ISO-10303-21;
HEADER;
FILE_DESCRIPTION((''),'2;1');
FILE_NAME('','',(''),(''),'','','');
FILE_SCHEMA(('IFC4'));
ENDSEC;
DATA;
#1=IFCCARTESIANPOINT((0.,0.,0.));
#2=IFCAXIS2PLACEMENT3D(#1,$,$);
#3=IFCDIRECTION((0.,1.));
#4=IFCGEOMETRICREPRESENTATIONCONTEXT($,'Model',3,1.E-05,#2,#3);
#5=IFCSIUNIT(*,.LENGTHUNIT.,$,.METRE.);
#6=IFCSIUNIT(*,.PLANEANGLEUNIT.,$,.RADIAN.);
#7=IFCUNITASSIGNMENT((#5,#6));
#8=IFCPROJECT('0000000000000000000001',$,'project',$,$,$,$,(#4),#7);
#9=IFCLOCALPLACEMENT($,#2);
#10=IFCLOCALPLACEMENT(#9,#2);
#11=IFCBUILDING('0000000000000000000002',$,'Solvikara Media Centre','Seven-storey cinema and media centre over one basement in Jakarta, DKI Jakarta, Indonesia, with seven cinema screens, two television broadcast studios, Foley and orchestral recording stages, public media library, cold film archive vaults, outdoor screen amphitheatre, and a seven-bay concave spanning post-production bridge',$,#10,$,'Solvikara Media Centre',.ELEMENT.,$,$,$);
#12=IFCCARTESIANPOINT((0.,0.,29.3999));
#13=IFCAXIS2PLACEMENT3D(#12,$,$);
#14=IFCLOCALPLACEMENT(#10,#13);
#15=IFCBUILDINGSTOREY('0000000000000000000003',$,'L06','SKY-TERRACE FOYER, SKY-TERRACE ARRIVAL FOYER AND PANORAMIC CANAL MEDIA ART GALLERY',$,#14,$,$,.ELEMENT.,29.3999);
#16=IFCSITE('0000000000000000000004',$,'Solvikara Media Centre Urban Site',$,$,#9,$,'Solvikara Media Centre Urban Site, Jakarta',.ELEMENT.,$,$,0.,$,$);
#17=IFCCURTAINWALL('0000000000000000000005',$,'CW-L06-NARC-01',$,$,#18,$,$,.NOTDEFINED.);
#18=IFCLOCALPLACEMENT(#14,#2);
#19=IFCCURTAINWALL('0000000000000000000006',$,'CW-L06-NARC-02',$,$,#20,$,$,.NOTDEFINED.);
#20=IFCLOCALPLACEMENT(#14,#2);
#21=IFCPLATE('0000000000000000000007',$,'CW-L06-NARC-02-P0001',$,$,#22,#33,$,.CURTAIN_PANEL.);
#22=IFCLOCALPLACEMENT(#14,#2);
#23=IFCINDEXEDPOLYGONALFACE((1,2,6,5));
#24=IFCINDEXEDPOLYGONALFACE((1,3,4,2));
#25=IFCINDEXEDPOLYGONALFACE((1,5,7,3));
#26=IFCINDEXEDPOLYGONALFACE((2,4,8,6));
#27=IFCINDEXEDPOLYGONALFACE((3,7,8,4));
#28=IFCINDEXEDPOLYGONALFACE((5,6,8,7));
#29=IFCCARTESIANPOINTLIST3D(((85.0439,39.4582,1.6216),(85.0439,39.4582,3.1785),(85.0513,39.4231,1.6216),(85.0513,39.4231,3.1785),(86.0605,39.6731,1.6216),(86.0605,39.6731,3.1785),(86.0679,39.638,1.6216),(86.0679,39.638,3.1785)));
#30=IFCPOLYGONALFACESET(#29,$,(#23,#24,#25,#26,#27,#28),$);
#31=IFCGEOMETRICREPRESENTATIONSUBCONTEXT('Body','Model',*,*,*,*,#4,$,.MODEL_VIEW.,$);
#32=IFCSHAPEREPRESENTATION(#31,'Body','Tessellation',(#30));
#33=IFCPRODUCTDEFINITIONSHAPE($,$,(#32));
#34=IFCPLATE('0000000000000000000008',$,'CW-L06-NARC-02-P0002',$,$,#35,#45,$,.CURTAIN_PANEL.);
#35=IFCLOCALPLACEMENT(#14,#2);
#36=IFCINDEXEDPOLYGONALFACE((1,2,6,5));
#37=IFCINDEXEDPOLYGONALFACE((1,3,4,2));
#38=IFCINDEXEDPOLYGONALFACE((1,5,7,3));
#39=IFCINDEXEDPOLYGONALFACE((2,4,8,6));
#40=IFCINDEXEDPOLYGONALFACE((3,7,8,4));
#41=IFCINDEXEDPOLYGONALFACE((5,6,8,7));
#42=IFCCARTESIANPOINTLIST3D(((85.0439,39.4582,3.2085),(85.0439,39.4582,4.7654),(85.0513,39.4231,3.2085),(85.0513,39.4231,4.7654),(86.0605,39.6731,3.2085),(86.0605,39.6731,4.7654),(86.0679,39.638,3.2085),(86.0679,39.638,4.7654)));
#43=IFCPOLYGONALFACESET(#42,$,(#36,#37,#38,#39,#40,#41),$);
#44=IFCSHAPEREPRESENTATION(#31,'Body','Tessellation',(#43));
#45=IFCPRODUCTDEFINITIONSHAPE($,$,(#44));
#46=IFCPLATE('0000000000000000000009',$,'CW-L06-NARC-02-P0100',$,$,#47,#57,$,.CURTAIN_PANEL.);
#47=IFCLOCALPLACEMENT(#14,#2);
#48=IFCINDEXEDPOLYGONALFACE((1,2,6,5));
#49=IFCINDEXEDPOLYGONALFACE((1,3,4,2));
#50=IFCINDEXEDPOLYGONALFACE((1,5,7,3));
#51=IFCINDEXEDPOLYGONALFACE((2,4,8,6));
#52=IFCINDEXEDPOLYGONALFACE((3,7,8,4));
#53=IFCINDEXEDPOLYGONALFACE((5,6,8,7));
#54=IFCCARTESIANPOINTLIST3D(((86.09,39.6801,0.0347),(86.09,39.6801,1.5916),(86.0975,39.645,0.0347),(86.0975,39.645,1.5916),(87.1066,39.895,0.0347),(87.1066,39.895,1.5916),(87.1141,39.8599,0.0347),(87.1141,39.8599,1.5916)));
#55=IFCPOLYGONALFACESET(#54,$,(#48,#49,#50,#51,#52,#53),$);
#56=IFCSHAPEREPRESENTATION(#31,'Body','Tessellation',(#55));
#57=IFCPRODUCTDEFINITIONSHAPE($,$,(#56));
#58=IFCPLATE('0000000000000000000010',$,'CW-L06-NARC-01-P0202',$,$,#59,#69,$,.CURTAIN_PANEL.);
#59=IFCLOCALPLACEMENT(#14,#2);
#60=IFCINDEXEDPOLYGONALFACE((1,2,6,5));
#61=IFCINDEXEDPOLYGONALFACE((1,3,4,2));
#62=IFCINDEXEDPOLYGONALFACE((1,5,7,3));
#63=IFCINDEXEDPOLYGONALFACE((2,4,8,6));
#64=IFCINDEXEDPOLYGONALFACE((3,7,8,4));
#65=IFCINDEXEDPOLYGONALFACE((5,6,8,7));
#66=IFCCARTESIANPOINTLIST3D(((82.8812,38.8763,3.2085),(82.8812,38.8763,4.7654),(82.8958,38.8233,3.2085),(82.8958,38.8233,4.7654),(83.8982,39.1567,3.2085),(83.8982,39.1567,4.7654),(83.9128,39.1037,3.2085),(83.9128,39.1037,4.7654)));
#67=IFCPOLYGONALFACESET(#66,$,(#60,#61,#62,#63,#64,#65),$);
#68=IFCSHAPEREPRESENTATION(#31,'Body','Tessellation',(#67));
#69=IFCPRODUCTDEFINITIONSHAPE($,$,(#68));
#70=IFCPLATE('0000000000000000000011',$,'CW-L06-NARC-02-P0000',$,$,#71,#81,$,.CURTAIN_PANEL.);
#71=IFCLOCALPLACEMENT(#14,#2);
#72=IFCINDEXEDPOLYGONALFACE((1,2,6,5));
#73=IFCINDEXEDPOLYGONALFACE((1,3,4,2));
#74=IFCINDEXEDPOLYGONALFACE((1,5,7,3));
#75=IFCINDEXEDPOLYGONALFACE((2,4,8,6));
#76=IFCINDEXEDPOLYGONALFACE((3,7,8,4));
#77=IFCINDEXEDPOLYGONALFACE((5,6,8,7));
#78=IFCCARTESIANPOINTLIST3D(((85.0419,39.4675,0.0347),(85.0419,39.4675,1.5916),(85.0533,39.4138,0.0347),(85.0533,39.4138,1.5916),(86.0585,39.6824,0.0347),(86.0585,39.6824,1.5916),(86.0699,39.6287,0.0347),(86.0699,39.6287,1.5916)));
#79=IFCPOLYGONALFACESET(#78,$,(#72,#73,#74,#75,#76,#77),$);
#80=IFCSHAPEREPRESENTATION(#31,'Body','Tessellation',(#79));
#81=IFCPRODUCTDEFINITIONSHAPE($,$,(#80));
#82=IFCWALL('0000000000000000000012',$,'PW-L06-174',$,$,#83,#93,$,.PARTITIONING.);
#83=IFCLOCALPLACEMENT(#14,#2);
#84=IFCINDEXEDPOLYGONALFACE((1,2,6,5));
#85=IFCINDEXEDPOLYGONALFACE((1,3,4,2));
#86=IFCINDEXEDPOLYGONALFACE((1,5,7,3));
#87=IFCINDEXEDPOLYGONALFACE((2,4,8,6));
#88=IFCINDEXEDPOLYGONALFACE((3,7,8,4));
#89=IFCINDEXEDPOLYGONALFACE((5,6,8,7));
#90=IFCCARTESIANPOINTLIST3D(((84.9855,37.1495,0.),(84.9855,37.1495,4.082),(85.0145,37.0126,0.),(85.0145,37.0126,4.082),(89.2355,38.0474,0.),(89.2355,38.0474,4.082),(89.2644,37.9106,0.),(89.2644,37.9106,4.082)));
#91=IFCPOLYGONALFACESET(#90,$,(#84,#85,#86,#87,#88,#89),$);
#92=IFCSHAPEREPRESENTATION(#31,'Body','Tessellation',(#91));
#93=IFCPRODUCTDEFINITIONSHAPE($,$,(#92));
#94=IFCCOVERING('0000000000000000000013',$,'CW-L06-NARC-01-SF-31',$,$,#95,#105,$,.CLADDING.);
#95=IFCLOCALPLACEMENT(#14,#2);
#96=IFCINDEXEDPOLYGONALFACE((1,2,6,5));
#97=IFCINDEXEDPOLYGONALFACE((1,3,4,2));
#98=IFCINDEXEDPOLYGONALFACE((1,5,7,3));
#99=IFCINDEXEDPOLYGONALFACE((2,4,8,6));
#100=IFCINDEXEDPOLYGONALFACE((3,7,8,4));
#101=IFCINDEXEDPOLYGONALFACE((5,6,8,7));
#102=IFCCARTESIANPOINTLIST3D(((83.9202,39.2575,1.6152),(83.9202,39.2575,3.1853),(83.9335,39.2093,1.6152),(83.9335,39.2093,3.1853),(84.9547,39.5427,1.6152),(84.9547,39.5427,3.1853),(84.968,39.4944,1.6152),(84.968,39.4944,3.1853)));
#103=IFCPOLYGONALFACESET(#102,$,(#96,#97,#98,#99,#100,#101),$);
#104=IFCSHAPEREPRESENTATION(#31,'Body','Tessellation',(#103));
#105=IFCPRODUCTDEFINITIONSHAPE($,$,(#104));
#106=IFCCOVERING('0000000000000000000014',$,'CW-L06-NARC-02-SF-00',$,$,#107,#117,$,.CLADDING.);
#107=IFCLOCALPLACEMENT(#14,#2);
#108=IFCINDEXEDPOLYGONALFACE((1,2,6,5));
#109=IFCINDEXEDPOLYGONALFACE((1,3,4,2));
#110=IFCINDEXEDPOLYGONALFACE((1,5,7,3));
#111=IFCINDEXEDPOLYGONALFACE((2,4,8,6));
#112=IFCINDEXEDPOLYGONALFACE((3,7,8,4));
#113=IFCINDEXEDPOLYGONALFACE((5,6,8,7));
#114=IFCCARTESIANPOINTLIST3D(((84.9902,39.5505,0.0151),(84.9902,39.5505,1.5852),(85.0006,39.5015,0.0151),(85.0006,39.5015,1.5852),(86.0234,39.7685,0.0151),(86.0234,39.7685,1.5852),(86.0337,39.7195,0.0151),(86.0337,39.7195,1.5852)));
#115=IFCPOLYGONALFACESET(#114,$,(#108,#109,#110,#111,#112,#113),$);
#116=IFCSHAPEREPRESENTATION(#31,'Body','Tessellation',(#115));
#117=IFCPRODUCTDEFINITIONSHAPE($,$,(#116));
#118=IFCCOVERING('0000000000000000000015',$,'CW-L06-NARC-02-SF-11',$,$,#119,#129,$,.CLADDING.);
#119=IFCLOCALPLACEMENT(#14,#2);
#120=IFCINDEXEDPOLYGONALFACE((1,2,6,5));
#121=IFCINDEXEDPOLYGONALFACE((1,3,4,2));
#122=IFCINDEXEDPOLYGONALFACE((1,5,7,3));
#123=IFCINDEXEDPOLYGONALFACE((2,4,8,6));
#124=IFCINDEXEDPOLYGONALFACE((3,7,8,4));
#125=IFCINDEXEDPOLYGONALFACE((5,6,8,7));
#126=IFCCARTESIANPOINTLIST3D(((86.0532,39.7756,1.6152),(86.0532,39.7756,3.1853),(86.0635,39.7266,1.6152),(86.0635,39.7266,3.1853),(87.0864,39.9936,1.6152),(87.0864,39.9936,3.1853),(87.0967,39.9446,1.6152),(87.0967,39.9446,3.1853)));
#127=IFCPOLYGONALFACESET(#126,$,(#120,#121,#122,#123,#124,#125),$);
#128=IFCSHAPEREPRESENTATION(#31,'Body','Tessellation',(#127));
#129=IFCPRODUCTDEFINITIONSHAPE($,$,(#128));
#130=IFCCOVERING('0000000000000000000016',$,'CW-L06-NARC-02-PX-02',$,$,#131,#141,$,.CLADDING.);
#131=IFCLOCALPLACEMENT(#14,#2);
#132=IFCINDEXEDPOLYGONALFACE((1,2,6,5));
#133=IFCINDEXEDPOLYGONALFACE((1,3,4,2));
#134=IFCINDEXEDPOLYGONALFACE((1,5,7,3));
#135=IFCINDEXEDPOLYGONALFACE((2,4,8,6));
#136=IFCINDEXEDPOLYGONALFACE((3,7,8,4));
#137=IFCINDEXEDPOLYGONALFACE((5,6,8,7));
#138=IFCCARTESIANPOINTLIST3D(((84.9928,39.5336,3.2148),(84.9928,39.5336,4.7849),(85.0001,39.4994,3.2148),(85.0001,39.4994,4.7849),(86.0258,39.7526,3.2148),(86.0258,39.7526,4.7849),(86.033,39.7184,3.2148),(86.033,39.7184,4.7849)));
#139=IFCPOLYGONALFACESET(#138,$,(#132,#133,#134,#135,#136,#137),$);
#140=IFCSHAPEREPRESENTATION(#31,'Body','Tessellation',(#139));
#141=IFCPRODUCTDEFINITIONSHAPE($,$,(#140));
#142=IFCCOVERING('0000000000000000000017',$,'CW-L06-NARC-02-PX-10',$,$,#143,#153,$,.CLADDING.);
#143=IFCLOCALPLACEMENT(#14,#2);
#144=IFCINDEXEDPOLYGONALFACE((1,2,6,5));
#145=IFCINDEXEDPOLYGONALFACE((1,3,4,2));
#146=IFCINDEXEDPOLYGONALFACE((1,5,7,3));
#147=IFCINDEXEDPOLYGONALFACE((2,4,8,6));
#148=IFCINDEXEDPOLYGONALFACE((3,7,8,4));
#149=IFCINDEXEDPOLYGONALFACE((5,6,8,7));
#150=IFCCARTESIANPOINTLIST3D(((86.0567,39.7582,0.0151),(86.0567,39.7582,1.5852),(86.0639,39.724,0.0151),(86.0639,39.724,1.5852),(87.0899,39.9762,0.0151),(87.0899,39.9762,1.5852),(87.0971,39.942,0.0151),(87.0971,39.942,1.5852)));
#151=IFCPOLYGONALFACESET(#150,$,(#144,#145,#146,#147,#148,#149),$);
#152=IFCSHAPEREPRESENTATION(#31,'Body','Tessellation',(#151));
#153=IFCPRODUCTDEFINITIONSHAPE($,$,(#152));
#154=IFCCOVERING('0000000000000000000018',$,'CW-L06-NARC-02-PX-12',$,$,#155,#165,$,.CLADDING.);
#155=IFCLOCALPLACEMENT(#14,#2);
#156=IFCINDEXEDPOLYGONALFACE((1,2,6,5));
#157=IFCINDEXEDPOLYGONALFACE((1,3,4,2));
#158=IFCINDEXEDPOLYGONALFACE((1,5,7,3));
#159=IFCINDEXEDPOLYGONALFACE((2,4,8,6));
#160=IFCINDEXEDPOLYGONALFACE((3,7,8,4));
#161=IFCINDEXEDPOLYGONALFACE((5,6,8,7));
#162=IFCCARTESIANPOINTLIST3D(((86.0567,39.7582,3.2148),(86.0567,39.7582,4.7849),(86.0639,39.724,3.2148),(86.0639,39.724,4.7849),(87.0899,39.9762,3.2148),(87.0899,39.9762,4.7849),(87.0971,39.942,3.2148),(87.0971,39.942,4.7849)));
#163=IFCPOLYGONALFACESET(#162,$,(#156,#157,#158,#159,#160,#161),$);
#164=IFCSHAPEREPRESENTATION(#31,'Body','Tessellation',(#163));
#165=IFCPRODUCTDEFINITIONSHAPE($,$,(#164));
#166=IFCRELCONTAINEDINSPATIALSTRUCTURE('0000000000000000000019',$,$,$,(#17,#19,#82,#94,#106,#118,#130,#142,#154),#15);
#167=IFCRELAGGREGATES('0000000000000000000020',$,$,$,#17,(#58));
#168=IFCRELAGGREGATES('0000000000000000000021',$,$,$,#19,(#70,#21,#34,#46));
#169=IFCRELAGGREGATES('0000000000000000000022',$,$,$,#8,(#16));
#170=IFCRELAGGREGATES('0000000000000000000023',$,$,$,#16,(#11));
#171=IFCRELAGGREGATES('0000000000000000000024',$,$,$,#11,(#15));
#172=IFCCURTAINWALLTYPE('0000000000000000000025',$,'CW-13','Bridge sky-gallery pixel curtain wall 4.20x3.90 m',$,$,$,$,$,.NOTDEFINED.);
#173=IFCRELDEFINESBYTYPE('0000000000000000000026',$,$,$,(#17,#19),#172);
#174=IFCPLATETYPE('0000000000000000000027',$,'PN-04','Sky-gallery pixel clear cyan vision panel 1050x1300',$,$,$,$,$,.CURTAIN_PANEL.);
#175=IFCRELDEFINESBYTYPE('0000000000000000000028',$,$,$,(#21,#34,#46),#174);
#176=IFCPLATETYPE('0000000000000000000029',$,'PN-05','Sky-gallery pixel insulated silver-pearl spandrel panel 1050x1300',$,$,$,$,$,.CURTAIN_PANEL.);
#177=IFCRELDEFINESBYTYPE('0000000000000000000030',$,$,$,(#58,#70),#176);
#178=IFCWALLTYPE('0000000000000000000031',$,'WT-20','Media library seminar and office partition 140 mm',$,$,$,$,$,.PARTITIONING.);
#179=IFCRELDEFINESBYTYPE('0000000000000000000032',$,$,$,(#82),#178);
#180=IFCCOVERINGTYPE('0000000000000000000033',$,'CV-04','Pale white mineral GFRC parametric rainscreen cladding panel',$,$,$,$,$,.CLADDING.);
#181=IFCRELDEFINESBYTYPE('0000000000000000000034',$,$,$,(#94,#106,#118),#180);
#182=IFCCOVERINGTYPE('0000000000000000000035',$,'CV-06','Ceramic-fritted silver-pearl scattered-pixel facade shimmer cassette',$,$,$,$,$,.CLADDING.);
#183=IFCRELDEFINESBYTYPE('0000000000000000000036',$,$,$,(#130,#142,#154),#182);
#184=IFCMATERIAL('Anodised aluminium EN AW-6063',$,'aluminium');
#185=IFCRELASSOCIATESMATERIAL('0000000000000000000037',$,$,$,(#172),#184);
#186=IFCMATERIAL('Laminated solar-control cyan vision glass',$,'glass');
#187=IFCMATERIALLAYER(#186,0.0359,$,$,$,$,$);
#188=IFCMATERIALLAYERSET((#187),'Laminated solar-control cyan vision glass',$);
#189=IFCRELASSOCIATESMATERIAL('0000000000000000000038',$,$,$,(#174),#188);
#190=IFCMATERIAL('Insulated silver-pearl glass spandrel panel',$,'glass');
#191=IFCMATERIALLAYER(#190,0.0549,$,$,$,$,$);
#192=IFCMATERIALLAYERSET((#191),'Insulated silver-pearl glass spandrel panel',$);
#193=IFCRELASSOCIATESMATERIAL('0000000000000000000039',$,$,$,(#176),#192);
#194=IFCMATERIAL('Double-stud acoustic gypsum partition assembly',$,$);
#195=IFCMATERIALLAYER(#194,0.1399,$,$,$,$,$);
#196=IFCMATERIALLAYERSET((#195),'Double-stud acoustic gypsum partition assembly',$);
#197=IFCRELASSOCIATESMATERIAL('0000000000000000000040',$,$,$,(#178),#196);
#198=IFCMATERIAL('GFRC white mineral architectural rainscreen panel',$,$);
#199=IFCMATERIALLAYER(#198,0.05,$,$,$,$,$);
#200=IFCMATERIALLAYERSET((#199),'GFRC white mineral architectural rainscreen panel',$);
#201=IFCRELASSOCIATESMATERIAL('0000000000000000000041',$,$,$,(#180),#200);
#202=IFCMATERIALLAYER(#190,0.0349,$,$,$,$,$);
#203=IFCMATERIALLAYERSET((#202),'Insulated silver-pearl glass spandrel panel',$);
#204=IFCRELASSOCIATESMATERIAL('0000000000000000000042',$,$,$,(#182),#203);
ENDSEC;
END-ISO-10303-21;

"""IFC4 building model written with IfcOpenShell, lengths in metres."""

from ifc_helpers import new_model, si_unit, direction, frame, frame_2d, origin, origin_2d, place, context, subcontext, project, spatial, rectangle, extrude, material, layer, layer_set, type_object, element, aggregate, save


model = new_model("IFC4")

# Units and contexts
model_context = context("Model", 3, precision=1e-05, world=origin(), true_north=direction((0.0, 1.0)))
body_context = subcontext(model_context, "Body", "Model", "MODEL_VIEW")
ifc_project = project(units=[si_unit("LENGTHUNIT", "METRE"), si_unit("PLANEANGLEUNIT", "RADIAN")], contexts=[model_context])

# Site, building, storey
site_placement = place(None, origin())
site = spatial("IfcSite", under=ifc_project, at=site_placement, Name="Solvikara Media Centre Urban Site", LongName="Solvikara Media Centre Urban Site, Jakarta", CompositionType="ELEMENT", RefElevation=0.0)
building_placement = place(site_placement, origin())
building = spatial("IfcBuilding", under=site, at=building_placement, Name="Solvikara Media Centre", Description="Seven-storey cinema and media centre over one basement in Jakarta, DKI Jakarta, Indonesia, with seven cinema screens, two television broadcast studios, Foley and orchestral recording stages, public media library, cold film archive vaults, outdoor screen amphitheatre, and a seven-bay concave spanning post-production bridge", LongName="Solvikara Media Centre", CompositionType="ELEMENT")
storey_placement = place(building_placement, frame((0.0, 0.0, 29.3999)))
storey = spatial("IfcBuildingStorey", under=building, at=storey_placement, Name="L06", Description="SKY-TERRACE FOYER, SKY-TERRACE ARRIVAL FOYER AND PANORAMIC CANAL MEDIA ART GALLERY", CompositionType="ELEMENT", Elevation=29.3999)

# Curtain walls
ifc_material_1 = material(Name="Anodised aluminium EN AW-6063", Category="aluminium")
curtain_wall_type = type_object("IfcCurtainWallType", Name="CW-13", Description="Bridge sky-gallery pixel curtain wall 4.20x3.90 m", PredefinedType="NOTDEFINED", material=ifc_material_1)
curtain_wall_1_placement = place(storey_placement, origin())
curtain_wall_1 = element("IfcCurtainWall", 1, at=curtain_wall_1_placement, inside=storey, type_object=curtain_wall_type, Name="CW-L06-NARC-01", PredefinedType="NOTDEFINED")
curtain_wall_2_placement = place(storey_placement, origin())
curtain_wall_2 = element("IfcCurtainWall", 2, at=curtain_wall_2_placement, inside=storey, type_object=curtain_wall_type, Name="CW-L06-NARC-02", PredefinedType="NOTDEFINED")

# Plates
ifc_material_2 = material(Name="Laminated solar-control cyan vision glass", Category="glass")
ifc_layer_1 = layer(ifc_material_2, 0.0359)
ifc_layer_set_1 = layer_set([ifc_layer_1], Name="Laminated solar-control cyan vision glass")
plate_type_1 = type_object("IfcPlateType", Name="PN-04", Description="Sky-gallery pixel clear cyan vision panel 1050x1300", PredefinedType="CURTAIN_PANEL", material=ifc_layer_set_1)
plate_1_placement = place(storey_placement, frame((85.5559, 39.5481, 1.6216), z_axis=(0.0, 0.0, 1.0), x_axis=(0.978379, 0.206819, 0.0)))
plate_1 = element("IfcPlate", 3, at=plate_1_placement, type_object=plate_type_1, Name="CW-L06-NARC-02-P0001", PredefinedType="CURTAIN_PANEL", context=body_context, shape_type="SweptSolid", body=[
    extrude(rectangle(XDim=1.0391, YDim=0.0359, at=origin_2d()), origin(), (0.0, 0.0, 1.0), 1.5569),
])
plate_2_placement = place(storey_placement, frame((85.5559, 39.5481, 3.2085), z_axis=(0.0, 0.0, 1.0), x_axis=(0.978379, 0.206819, 0.0)))
plate_2 = element("IfcPlate", 4, at=plate_2_placement, type_object=plate_type_1, Name="CW-L06-NARC-02-P0002", PredefinedType="CURTAIN_PANEL", context=body_context, shape_type="SweptSolid", body=[
    extrude(rectangle(XDim=1.0391, YDim=0.0359, at=origin_2d()), origin(), (0.0, 0.0, 1.0), 1.5569),
])
plate_3_placement = place(storey_placement, frame((86.6021, 39.77, 0.0347), z_axis=(0.0, 0.0, 1.0), x_axis=(0.978379, 0.206819, 0.0)))
plate_3 = element("IfcPlate", 5, at=plate_3_placement, type_object=plate_type_1, Name="CW-L06-NARC-02-P0100", PredefinedType="CURTAIN_PANEL", context=body_context, shape_type="SweptSolid", body=[
    extrude(rectangle(XDim=1.0391, YDim=0.0359, at=origin_2d()), origin(), (0.0, 0.0, 1.0), 1.5569),
])
ifc_material_3 = material(Name="Insulated silver-pearl glass spandrel panel", Category="glass")
ifc_layer_2 = layer(ifc_material_3, 0.0549)
ifc_layer_set_2 = layer_set([ifc_layer_2], Name="Insulated silver-pearl glass spandrel panel")
plate_type_2 = type_object("IfcPlateType", Name="PN-05", Description="Sky-gallery pixel insulated silver-pearl spandrel panel 1050x1300", PredefinedType="CURTAIN_PANEL", material=ifc_layer_set_2)
plate_4_placement = place(storey_placement, frame((83.397, 38.99, 3.2085), z_axis=(0.0, 0.0, 1.0), x_axis=(0.96403, 0.265792, 0.0)))
plate_4 = element("IfcPlate", 6, at=plate_4_placement, type_object=plate_type_2, Name="CW-L06-NARC-01-P0202", PredefinedType="CURTAIN_PANEL", context=body_context, shape_type="SweptSolid", body=[
    extrude(rectangle(XDim=1.0549, YDim=0.0549, at=origin_2d()), origin(), (0.0, 0.0, 1.0), 1.5569),
])
aggregate(curtain_wall_1, [plate_4])
plate_5_placement = place(storey_placement, frame((85.5559, 39.5481, 0.0347), z_axis=(0.0, 0.0, 1.0), x_axis=(0.978379, 0.206819, 0.0)))
plate_5 = element("IfcPlate", 7, at=plate_5_placement, type_object=plate_type_2, Name="CW-L06-NARC-02-P0000", PredefinedType="CURTAIN_PANEL", context=body_context, shape_type="SweptSolid", body=[
    extrude(rectangle(XDim=1.0391, YDim=0.0549, at=origin_2d()), origin(), (0.0, 0.0, 1.0), 1.5569),
])
aggregate(curtain_wall_2, [plate_5, plate_1, plate_2, plate_3])

# Wall
ifc_material_4 = material(Name="Double-stud acoustic gypsum partition assembly")
ifc_layer_3 = layer(ifc_material_4, 0.1399)
ifc_layer_set_3 = layer_set([ifc_layer_3], Name="Double-stud acoustic gypsum partition assembly")
wall_type = type_object("IfcWallType", Name="WT-20", Description="Media library seminar and office partition 140 mm", PredefinedType="PARTITIONING", material=ifc_layer_set_3)
wall_placement = place(storey_placement, frame((85.0, 37.0811, 0.0), z_axis=(0.0, 0.0, 1.0), x_axis=(0.9784, 0.206719, 0.0)))
element("IfcWall", 8, at=wall_placement, inside=storey, type_object=wall_type, Name="PW-L06-174", PredefinedType="PARTITIONING", context=body_context, shape_type="SweptSolid", body=[
    extrude(rectangle(XDim=4.3438, YDim=0.1399, at=frame_2d((2.1719, 0.0))), origin(), (0.0, 0.0, 1.0), 4.082),
])

# Coverings
ifc_material_5 = material(Name="GFRC white mineral architectural rainscreen panel")
ifc_layer_4 = layer(ifc_material_5, 0.05)
ifc_layer_set_4 = layer_set([ifc_layer_4], Name="GFRC white mineral architectural rainscreen panel")
covering_type_1 = type_object("IfcCoveringType", Name="CV-04", Description="Pale white mineral GFRC parametric rainscreen cladding panel", PredefinedType="CLADDING", material=ifc_layer_set_4)
covering_placement = place(storey_placement, frame((84.4441, 39.376, 1.6152), z_axis=(0.0, 0.0, 1.0), x_axis=(0.964049, 0.265724, 0.0)))
element("IfcCovering", 9, at=covering_placement, inside=storey, type_object=covering_type_1, Name="CW-L06-NARC-01-SF-31", PredefinedType="CLADDING", context=body_context, shape_type="SweptSolid", body=[
    extrude(rectangle(XDim=1.073, YDim=0.05, at=origin_2d()), origin(), (0.0, 0.0, 1.0), 1.5701),
])
for number, where, z_axis, x_axis, name in (
    (10, (85.512, 39.635, 0.0151), (0.0, 0.0, 1.0), (0.978448, 0.206495, 0.0), "CW-L06-NARC-02-SF-00"),
    (11, (86.575, 39.8601, 1.6152), (0.0, 0.0, 1.0), (0.978448, 0.206495, 0.0), "CW-L06-NARC-02-SF-11"),
):
    element("IfcCovering", number, at=place(storey_placement, frame(where, z_axis=z_axis, x_axis=x_axis)), inside=storey, type_object=covering_type_1, Name=name, PredefinedType="CLADDING", context=body_context, shape_type="SweptSolid", body=[
        extrude(rectangle(XDim=1.0559, YDim=0.05, at=origin_2d()), origin(), (0.0, 0.0, 1.0), 1.5701),
    ])
ifc_layer_5 = layer(ifc_material_3, 0.0349)
ifc_layer_set_5 = layer_set([ifc_layer_5], Name="Insulated silver-pearl glass spandrel panel")
covering_type_2 = type_object("IfcCoveringType", Name="CV-06", Description="Ceramic-fritted silver-pearl scattered-pixel facade shimmer cassette", PredefinedType="CLADDING", material=ifc_layer_set_5)
for number, where, z_axis, x_axis, name in (
    (12, (85.5129, 39.626, 3.2148), (0.0, 0.0, 1.0), (0.978256, 0.2074, 0.0), "CW-L06-NARC-02-PX-02"),
    (13, (86.5769, 39.8501, 0.0151), (0.0, 0.0, 1.0), (0.978448, 0.206495, 0.0), "CW-L06-NARC-02-PX-10"),
    (14, (86.5769, 39.8501, 3.2148), (0.0, 0.0, 1.0), (0.978448, 0.206495, 0.0), "CW-L06-NARC-02-PX-12"),
):
    element("IfcCovering", number, at=place(storey_placement, frame(where, z_axis=z_axis, x_axis=x_axis)), inside=storey, type_object=covering_type_2, Name=name, PredefinedType="CLADDING", context=body_context, shape_type="SweptSolid", body=[
        extrude(rectangle(XDim=1.0559, YDim=0.0349, at=origin_2d()), origin(), (0.0, 0.0, 1.0), 1.5701),
    ])

save(model, "model.ifc")
